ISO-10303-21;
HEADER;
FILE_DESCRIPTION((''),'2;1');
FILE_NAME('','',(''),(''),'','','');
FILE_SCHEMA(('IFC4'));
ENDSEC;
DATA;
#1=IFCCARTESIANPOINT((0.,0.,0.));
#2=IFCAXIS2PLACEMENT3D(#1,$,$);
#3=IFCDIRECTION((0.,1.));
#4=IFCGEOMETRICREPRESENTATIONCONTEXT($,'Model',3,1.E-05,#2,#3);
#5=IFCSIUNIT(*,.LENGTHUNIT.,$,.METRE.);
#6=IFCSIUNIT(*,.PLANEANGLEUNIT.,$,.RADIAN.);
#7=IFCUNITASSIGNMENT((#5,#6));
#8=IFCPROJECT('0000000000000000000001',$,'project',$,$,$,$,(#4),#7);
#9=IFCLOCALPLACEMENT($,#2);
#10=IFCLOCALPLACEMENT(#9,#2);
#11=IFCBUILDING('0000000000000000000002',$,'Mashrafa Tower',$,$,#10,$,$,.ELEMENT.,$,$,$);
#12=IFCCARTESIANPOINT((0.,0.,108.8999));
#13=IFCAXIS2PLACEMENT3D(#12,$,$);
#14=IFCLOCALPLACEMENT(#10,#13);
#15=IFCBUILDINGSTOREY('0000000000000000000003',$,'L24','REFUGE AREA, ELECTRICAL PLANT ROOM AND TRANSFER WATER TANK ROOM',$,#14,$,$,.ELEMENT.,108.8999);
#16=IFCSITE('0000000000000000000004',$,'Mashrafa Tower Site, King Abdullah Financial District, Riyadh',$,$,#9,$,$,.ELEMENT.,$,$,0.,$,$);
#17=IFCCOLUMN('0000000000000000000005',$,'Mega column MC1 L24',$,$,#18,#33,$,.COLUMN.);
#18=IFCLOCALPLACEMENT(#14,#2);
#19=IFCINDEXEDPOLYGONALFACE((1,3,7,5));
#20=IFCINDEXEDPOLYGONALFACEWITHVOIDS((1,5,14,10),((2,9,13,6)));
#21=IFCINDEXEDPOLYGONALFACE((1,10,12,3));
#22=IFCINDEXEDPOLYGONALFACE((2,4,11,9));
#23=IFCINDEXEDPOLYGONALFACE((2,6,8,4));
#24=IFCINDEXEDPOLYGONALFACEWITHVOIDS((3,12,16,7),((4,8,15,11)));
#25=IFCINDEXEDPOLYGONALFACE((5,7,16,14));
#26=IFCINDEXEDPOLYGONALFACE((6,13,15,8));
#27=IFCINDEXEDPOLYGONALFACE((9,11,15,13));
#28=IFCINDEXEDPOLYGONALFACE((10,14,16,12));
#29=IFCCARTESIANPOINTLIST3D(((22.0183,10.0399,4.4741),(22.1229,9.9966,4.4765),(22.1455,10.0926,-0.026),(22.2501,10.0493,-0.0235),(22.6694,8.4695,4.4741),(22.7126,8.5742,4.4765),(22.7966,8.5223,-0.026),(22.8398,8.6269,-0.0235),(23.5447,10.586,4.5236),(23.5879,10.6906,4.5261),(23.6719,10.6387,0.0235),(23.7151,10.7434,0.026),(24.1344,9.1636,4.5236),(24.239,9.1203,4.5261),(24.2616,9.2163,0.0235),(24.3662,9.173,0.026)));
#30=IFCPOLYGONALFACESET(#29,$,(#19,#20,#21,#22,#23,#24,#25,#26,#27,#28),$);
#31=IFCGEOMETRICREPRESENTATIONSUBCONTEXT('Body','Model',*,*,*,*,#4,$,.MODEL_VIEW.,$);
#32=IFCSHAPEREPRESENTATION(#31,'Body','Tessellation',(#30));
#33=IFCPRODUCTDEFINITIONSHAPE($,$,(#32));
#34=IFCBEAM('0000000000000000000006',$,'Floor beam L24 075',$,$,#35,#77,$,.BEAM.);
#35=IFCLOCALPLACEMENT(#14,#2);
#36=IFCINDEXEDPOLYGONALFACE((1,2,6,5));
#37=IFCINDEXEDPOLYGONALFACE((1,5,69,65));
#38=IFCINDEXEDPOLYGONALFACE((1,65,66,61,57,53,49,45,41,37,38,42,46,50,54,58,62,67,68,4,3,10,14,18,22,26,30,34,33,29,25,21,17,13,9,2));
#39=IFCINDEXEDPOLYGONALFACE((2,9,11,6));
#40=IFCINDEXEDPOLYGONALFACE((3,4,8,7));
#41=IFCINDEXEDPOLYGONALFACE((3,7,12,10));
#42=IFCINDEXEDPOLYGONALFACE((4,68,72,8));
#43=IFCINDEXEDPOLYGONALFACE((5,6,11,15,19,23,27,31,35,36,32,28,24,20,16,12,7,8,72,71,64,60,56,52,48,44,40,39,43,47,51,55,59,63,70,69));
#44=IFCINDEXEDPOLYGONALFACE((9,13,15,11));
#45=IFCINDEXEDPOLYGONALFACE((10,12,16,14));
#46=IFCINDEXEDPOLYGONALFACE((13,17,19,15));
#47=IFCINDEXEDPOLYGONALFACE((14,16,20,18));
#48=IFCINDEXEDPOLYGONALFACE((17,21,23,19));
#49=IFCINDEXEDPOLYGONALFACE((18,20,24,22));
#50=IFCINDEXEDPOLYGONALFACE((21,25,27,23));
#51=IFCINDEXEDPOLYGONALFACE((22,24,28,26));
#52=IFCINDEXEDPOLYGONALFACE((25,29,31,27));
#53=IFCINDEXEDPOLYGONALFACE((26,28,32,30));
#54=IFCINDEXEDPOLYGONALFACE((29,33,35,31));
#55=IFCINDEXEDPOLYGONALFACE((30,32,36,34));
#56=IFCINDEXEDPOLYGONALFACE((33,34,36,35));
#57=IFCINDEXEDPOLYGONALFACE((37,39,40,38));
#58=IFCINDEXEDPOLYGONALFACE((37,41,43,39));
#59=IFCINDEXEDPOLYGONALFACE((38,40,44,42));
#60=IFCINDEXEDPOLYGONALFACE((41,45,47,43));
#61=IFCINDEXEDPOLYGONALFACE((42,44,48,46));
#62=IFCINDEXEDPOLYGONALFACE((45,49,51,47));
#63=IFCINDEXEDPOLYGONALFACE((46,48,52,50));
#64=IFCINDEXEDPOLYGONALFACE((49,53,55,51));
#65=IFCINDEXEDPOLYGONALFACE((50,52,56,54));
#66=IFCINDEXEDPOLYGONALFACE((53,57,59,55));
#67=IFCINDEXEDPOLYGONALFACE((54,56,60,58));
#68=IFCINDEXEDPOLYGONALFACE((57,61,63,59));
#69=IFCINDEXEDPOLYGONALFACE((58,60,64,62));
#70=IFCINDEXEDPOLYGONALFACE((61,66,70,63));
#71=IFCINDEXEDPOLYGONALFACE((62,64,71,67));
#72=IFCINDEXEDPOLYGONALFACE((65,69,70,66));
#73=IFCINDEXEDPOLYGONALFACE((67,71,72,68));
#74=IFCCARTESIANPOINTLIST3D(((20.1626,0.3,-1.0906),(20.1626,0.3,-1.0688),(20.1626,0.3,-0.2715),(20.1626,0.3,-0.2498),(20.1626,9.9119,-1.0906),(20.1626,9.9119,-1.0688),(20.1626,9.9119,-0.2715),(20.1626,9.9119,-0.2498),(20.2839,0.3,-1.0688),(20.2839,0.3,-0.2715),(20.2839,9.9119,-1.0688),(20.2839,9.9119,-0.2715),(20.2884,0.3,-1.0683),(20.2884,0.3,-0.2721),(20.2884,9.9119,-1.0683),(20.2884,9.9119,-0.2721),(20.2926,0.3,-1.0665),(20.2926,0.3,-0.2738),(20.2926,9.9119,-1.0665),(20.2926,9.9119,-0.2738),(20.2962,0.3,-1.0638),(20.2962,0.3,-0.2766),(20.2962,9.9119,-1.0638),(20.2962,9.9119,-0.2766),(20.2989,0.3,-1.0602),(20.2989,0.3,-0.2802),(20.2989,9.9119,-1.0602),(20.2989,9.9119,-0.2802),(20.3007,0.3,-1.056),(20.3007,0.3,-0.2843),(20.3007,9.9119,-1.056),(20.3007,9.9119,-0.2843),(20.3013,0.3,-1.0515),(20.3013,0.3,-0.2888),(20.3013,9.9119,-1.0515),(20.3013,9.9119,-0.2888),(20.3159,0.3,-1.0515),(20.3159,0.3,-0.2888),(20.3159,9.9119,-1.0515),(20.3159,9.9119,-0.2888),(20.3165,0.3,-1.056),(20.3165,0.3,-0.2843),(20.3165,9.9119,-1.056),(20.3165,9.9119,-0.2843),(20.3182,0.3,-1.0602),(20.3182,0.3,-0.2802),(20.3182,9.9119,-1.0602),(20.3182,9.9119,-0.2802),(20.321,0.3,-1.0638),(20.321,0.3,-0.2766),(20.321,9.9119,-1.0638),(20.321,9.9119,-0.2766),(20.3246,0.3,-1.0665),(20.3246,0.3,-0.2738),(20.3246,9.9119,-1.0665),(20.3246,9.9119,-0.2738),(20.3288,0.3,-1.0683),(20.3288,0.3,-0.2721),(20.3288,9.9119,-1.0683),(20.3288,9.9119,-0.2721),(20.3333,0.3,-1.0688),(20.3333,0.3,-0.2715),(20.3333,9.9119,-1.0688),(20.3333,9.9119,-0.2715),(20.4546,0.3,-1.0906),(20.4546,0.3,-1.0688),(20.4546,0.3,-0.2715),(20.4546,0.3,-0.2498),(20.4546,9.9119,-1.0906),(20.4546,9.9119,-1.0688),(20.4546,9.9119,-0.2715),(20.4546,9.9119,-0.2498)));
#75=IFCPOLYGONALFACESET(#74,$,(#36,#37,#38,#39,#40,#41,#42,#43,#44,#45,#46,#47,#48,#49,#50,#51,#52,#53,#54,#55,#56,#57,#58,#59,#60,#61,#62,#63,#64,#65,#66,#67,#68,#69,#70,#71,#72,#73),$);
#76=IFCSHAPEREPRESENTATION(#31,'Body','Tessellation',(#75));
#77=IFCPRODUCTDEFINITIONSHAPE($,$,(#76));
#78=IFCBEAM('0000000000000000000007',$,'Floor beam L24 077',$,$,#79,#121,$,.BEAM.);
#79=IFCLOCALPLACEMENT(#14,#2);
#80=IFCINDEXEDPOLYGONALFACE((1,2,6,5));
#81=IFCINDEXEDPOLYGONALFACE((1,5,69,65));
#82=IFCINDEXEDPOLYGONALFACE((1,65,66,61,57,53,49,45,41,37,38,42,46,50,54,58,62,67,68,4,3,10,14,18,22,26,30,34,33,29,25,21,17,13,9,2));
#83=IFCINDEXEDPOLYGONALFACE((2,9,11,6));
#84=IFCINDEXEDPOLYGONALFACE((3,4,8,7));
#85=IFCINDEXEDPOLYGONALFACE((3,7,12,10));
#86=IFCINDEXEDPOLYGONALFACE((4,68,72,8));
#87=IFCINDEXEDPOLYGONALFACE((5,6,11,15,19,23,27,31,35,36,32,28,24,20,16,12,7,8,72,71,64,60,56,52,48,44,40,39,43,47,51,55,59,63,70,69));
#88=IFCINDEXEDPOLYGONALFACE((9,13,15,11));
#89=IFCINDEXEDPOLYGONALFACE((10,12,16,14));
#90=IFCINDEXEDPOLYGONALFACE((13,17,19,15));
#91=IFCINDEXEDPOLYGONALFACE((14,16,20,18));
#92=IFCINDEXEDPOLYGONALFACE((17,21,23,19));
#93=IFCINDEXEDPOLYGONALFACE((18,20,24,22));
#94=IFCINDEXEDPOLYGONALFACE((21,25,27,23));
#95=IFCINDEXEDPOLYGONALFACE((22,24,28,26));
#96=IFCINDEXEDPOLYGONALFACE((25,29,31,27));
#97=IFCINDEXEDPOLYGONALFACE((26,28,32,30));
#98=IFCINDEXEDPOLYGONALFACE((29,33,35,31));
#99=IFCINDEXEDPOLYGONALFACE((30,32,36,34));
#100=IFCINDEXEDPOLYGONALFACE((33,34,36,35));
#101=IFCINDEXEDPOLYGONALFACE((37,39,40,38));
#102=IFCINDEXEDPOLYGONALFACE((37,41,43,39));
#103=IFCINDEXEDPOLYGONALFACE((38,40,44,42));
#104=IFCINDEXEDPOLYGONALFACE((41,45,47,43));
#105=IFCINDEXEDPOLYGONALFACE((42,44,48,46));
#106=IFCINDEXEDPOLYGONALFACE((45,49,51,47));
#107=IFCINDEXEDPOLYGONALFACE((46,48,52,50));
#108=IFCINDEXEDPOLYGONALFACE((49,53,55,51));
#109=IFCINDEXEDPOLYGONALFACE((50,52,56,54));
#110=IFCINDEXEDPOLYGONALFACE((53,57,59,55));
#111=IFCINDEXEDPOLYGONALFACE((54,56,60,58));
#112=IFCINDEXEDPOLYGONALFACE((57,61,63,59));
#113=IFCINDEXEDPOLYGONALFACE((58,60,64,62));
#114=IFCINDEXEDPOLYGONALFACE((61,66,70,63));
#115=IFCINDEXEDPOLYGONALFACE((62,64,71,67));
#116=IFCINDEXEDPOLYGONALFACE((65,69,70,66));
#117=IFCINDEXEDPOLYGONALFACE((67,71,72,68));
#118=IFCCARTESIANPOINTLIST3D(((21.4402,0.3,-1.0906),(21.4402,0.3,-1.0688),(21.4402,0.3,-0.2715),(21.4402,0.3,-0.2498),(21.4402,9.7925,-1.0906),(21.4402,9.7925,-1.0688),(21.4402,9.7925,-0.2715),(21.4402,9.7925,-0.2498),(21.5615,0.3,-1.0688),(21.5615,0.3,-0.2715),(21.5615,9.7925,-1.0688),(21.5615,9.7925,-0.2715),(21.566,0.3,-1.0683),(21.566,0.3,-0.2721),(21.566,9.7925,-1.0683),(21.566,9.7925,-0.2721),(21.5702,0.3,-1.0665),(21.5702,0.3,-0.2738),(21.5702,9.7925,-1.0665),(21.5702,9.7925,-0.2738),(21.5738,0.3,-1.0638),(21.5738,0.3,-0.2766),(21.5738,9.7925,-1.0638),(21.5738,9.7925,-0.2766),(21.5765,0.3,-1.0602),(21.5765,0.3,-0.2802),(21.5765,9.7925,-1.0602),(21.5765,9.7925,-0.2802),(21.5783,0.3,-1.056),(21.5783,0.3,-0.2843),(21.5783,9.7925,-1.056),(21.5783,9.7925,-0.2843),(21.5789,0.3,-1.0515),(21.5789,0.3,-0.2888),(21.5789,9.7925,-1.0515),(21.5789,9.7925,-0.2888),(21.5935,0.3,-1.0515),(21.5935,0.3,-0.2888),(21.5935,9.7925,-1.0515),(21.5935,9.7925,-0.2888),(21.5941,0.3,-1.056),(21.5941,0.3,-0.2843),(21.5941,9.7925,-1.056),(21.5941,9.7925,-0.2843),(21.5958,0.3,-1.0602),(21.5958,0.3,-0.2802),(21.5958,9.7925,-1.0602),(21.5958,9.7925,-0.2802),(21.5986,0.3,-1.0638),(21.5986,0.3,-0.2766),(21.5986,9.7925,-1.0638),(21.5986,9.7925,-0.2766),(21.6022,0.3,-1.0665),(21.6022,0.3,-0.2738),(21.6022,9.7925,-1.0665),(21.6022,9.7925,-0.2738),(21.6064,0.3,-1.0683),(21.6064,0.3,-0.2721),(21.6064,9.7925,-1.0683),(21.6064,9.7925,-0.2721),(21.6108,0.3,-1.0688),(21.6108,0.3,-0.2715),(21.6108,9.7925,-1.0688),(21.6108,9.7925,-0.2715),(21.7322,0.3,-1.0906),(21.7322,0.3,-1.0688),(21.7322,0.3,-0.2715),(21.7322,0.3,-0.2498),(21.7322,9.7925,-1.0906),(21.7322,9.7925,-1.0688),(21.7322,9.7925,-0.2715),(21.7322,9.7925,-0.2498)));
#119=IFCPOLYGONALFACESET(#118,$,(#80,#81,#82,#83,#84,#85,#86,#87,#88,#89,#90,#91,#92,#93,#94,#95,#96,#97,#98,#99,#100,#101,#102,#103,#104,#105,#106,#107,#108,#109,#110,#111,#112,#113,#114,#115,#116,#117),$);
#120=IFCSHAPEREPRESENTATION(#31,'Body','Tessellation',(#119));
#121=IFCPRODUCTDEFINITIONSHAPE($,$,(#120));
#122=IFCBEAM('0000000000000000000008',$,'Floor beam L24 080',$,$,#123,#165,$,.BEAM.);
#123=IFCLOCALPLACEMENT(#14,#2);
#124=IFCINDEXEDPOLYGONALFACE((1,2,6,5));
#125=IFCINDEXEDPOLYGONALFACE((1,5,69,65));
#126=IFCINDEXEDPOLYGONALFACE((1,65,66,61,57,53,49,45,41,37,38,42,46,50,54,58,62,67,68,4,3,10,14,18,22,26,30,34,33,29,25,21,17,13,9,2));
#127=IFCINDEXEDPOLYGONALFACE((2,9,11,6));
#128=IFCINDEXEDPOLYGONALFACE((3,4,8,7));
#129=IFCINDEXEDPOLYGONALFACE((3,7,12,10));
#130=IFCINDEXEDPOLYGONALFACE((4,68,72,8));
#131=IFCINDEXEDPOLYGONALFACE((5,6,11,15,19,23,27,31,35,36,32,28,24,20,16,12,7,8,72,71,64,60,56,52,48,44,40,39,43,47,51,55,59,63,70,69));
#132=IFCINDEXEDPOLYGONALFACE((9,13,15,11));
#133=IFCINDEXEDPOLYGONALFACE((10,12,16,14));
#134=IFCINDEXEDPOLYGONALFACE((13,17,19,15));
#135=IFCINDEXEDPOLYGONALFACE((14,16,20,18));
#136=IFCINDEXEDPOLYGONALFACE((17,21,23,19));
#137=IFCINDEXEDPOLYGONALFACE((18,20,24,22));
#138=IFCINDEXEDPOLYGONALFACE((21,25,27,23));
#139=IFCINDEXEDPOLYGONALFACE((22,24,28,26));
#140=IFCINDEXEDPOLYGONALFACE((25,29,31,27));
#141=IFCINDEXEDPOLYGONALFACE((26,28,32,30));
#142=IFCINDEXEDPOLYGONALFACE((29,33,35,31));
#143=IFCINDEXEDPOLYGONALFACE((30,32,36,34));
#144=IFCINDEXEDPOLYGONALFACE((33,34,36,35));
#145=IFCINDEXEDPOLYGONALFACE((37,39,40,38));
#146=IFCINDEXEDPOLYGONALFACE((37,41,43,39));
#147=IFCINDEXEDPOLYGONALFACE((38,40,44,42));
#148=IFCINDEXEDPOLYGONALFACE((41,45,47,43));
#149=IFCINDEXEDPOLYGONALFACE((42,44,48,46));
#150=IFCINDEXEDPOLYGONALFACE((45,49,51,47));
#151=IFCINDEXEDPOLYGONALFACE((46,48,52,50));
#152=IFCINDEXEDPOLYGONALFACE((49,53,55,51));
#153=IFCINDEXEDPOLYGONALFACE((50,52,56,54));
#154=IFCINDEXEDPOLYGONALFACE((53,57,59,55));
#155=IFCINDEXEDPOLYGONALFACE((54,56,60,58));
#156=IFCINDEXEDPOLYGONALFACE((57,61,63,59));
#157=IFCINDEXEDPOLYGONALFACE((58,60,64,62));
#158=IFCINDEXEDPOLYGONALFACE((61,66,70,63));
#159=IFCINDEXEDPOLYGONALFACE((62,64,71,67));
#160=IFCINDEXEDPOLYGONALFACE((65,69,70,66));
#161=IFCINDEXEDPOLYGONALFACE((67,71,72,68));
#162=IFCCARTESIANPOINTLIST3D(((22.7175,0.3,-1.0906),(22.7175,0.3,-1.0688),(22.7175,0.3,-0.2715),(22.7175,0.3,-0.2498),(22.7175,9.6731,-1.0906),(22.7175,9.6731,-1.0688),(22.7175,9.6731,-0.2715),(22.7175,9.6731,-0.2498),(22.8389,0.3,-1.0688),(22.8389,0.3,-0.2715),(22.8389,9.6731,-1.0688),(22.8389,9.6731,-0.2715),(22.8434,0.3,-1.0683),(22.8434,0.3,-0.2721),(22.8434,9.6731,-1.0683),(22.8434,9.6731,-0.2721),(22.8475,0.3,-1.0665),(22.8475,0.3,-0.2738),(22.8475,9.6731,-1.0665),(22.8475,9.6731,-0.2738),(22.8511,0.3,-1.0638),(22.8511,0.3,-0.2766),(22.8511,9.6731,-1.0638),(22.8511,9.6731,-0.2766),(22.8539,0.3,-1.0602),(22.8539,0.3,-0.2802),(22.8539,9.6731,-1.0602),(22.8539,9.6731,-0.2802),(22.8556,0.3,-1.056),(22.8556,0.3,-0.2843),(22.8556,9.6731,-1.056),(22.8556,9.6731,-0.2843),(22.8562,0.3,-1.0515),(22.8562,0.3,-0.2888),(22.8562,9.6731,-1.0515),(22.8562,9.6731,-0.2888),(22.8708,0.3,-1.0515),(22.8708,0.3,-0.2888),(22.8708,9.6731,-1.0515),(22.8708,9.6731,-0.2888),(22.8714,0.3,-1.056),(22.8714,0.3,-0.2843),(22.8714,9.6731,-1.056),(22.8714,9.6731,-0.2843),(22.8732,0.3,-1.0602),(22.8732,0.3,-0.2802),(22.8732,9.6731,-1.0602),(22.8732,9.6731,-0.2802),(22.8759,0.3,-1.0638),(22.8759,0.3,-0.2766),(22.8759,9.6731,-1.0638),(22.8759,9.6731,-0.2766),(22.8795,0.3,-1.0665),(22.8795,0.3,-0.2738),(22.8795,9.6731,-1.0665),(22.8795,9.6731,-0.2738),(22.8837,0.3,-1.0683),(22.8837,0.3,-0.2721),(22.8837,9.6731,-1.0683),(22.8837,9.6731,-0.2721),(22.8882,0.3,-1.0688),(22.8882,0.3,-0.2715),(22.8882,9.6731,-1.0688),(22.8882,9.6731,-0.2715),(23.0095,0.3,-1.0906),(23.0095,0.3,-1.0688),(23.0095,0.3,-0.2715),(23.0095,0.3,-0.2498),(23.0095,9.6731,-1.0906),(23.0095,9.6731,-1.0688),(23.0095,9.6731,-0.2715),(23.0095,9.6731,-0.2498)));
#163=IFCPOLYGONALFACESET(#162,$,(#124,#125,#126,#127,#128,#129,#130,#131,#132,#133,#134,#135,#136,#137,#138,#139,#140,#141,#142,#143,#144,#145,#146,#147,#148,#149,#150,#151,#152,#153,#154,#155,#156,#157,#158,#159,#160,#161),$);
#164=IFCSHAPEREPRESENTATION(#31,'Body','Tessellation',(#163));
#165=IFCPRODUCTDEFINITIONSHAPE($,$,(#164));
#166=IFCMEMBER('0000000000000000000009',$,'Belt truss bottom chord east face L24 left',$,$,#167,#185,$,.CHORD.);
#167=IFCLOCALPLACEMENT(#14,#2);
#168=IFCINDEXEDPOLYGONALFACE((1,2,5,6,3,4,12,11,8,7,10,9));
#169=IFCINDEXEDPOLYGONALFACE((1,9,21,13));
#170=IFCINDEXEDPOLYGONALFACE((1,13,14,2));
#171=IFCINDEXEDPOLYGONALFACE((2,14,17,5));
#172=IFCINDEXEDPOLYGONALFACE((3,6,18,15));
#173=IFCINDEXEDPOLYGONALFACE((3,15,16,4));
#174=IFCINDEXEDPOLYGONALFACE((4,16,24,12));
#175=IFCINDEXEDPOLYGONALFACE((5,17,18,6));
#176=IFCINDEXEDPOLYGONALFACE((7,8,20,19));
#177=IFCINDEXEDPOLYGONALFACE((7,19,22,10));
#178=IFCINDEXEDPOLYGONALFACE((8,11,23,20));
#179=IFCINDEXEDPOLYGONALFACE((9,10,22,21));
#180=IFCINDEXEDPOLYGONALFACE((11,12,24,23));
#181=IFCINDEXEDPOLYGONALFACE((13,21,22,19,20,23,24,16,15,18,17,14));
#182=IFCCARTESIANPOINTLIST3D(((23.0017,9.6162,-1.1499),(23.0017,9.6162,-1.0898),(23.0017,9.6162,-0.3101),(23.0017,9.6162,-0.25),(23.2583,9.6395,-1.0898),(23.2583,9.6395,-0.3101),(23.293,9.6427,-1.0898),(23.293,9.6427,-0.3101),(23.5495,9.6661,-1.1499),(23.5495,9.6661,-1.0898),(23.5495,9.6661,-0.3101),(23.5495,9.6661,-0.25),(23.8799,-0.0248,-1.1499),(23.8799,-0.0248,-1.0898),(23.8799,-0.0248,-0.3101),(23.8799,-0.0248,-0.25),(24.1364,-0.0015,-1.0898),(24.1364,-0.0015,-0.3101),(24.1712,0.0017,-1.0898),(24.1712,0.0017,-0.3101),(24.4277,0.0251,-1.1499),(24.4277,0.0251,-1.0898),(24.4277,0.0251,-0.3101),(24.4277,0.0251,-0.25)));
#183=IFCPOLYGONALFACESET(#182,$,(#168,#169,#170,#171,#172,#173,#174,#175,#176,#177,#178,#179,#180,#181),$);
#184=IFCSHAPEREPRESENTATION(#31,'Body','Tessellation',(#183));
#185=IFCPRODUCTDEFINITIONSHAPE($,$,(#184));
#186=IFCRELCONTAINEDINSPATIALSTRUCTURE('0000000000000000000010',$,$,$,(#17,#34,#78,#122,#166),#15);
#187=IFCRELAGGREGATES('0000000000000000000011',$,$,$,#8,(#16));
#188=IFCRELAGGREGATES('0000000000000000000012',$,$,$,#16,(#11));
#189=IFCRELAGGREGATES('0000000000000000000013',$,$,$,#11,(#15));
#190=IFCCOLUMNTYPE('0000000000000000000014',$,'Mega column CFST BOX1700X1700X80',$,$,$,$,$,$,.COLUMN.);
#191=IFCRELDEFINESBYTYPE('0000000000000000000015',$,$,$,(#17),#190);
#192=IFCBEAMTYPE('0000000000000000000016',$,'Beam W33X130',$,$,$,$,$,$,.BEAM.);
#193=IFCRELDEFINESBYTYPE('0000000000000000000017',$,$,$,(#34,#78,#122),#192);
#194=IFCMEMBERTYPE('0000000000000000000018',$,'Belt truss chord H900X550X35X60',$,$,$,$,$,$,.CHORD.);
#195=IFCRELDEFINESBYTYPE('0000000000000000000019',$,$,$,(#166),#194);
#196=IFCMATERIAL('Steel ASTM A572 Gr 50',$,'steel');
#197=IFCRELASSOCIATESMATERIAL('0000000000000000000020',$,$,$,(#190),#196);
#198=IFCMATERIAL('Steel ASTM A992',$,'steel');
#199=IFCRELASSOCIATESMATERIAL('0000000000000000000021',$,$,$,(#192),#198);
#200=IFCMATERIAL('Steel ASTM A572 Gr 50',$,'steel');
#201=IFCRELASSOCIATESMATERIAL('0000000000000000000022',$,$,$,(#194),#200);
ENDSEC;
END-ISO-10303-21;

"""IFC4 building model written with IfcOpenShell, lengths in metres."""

from ifc_helpers import new_model, si_unit, direction, frame, origin, origin_2d, place, context, subcontext, project, spatial, hollow_rectangle, i_section, extrude, source, transform, mapped, material, material_profile, profile_set, type_object, element, save


model = new_model("IFC4")

# Units and contexts
model_context = context("Model", 3, precision=1e-05, world=origin(), true_north=direction((0.0, 1.0)))
body_context = subcontext(model_context, "Body", "Model", "MODEL_VIEW")
ifc_project = project(units=[si_unit("LENGTHUNIT", "METRE"), si_unit("PLANEANGLEUNIT", "RADIAN")], contexts=[model_context])

# Site, building, storey
site_placement = place(None, origin())
site = spatial("IfcSite", under=ifc_project, at=site_placement, Name="Mashrafa Tower Site, King Abdullah Financial District, Riyadh", CompositionType="ELEMENT", RefElevation=0.0)
building_placement = place(site_placement, origin())
building = spatial("IfcBuilding", under=site, at=building_placement, Name="Mashrafa Tower", CompositionType="ELEMENT")
storey_placement = place(building_placement, frame((0.0, 0.0, 108.8999)))
storey = spatial("IfcBuildingStorey", under=building, at=storey_placement, Name="L24", Description="REFUGE AREA, ELECTRICAL PLANT ROOM AND TRANSFER WATER TANK ROOM", CompositionType="ELEMENT", Elevation=108.8999)

# Column
ifc_material_1 = material(Name="Steel ASTM A572 Gr 50", Category="steel")
ifc_material_profile_1 = material_profile(ifc_material_1, hollow_rectangle(XDim=1.7, YDim=1.7, WallThickness=0.0801, at=origin_2d()), Name="BOX1700X1700X80")
ifc_profile_set_1 = profile_set([ifc_material_profile_1], Name="Steel ASTM A572 Gr 50")
column_type = type_object("IfcColumnType", Name="Mega column CFST BOX1700X1700X80", PredefinedType="COLUMN", material=ifc_profile_set_1)
column_placement = place(storey_placement, frame((23.2559, 9.6328, 0.0), z_axis=(-0.028253, -0.011713, 0.999532), x_axis=(0.382978, -0.923757, 0.0)))
element("IfcColumn", 1, at=column_placement, inside=storey, type_object=column_type, Name="Mega column MC1 L24", PredefinedType="COLUMN", context=body_context, shape_type="SweptSolid", body=[
    extrude(hollow_rectangle(XDim=1.7, YDim=1.7, WallThickness=0.0801, at=origin_2d()), origin(), (0.0, 0.0, 1.0), 4.5022),
])

# Beams
ifc_material_2 = material(Name="Steel ASTM A992", Category="steel")
ifc_material_profile_2 = material_profile(ifc_material_2, i_section(OverallWidth=0.292, OverallDepth=0.8408, WebThickness=0.0146, FlangeThickness=0.0217, FilletRadius=0.0173, at=origin_2d()), Name="W33X130")
ifc_profile_set_2 = profile_set([ifc_material_profile_2], Name="Steel ASTM A992")
beam_type = type_object("IfcBeamType", Name="Beam W33X130", PredefinedType="BEAM", material=ifc_profile_set_2)
beam_1_placement = place(storey_placement, frame((20.3086, 9.9119, -0.6702), z_axis=(0.0, -1.0, 0.0), x_axis=(1.0, 0.0, 0.0)))
element("IfcBeam", 2, at=beam_1_placement, inside=storey, type_object=beam_type, Name="Floor beam L24 075", PredefinedType="BEAM", context=body_context, shape_type="SweptSolid", body=[
    extrude(i_section(OverallWidth=0.292, OverallDepth=0.8408, WebThickness=0.0146, FlangeThickness=0.0217, FilletRadius=0.0173, at=origin_2d()), origin(), (0.0, 0.0, 1.0), 9.6118),
])
beam_2_placement = place(storey_placement, frame((21.5862, 9.7925, -0.6702), z_axis=(0.0, -1.0, 0.0), x_axis=(1.0, 0.0, 0.0)))
element("IfcBeam", 3, at=beam_2_placement, inside=storey, type_object=beam_type, Name="Floor beam L24 077", PredefinedType="BEAM", context=body_context, shape_type="SweptSolid", body=[
    extrude(i_section(OverallWidth=0.292, OverallDepth=0.8408, WebThickness=0.0146, FlangeThickness=0.0217, FilletRadius=0.0173, at=origin_2d()), origin(), (0.0, 0.0, 1.0), 9.4924),
])
beam_3_placement = place(storey_placement, frame((22.8635, 9.6731, -0.6702), z_axis=(0.0, -1.0, 0.0), x_axis=(1.0, 0.0, 0.0)))
element("IfcBeam", 4, at=beam_3_placement, inside=storey, type_object=beam_type, Name="Floor beam L24 080", PredefinedType="BEAM", context=body_context, shape_type="SweptSolid", body=[
    extrude(i_section(OverallWidth=0.292, OverallDepth=0.8408, WebThickness=0.0146, FlangeThickness=0.0217, FilletRadius=0.0173, at=origin_2d()), origin(), (0.0, 0.0, 1.0), 9.373),
])

# Member
ifc_material_3 = material(Name="Steel ASTM A572 Gr 50", Category="steel")
ifc_material_profile_3 = material_profile(ifc_material_3, i_section(OverallWidth=0.55, OverallDepth=0.8999, WebThickness=0.0349, FlangeThickness=0.0601, at=origin_2d()), Name="H900X550X35X60")
ifc_profile_set_3 = profile_set([ifc_material_profile_3], Name="Steel ASTM A572 Gr 50")
member_type = type_object("IfcMemberType", Name="Belt truss chord H900X550X35X60", PredefinedType="CHORD", material=ifc_profile_set_3)
shared_shape_1 = source(origin(), body_context, "Body", "SweptSolid", [
    extrude(i_section(OverallWidth=0.55, OverallDepth=0.8999, WebThickness=0.0349, FlangeThickness=0.0601, at=origin_2d()), origin(), (0.0, 0.0, 1.0), 9.6809),
])
for number, where, z_axis, x_axis, name in (
    (5, (23.2756, 9.6411, -0.7), (0.090711, -0.995877, 0.0), (0.995877, 0.090711, 0.0), "Belt truss bottom chord east face L24 left"),
):
    element("IfcMember", number, at=place(storey_placement, frame(where, z_axis=z_axis, x_axis=x_axis)), inside=storey, type_object=member_type, Name=name, PredefinedType="CHORD", context=body_context, shape_type="MappedRepresentation", body=[
        mapped(shared_shape_1, transform((0.0, 0.0, 0.0))),
    ])

save(model, "model.ifc")
